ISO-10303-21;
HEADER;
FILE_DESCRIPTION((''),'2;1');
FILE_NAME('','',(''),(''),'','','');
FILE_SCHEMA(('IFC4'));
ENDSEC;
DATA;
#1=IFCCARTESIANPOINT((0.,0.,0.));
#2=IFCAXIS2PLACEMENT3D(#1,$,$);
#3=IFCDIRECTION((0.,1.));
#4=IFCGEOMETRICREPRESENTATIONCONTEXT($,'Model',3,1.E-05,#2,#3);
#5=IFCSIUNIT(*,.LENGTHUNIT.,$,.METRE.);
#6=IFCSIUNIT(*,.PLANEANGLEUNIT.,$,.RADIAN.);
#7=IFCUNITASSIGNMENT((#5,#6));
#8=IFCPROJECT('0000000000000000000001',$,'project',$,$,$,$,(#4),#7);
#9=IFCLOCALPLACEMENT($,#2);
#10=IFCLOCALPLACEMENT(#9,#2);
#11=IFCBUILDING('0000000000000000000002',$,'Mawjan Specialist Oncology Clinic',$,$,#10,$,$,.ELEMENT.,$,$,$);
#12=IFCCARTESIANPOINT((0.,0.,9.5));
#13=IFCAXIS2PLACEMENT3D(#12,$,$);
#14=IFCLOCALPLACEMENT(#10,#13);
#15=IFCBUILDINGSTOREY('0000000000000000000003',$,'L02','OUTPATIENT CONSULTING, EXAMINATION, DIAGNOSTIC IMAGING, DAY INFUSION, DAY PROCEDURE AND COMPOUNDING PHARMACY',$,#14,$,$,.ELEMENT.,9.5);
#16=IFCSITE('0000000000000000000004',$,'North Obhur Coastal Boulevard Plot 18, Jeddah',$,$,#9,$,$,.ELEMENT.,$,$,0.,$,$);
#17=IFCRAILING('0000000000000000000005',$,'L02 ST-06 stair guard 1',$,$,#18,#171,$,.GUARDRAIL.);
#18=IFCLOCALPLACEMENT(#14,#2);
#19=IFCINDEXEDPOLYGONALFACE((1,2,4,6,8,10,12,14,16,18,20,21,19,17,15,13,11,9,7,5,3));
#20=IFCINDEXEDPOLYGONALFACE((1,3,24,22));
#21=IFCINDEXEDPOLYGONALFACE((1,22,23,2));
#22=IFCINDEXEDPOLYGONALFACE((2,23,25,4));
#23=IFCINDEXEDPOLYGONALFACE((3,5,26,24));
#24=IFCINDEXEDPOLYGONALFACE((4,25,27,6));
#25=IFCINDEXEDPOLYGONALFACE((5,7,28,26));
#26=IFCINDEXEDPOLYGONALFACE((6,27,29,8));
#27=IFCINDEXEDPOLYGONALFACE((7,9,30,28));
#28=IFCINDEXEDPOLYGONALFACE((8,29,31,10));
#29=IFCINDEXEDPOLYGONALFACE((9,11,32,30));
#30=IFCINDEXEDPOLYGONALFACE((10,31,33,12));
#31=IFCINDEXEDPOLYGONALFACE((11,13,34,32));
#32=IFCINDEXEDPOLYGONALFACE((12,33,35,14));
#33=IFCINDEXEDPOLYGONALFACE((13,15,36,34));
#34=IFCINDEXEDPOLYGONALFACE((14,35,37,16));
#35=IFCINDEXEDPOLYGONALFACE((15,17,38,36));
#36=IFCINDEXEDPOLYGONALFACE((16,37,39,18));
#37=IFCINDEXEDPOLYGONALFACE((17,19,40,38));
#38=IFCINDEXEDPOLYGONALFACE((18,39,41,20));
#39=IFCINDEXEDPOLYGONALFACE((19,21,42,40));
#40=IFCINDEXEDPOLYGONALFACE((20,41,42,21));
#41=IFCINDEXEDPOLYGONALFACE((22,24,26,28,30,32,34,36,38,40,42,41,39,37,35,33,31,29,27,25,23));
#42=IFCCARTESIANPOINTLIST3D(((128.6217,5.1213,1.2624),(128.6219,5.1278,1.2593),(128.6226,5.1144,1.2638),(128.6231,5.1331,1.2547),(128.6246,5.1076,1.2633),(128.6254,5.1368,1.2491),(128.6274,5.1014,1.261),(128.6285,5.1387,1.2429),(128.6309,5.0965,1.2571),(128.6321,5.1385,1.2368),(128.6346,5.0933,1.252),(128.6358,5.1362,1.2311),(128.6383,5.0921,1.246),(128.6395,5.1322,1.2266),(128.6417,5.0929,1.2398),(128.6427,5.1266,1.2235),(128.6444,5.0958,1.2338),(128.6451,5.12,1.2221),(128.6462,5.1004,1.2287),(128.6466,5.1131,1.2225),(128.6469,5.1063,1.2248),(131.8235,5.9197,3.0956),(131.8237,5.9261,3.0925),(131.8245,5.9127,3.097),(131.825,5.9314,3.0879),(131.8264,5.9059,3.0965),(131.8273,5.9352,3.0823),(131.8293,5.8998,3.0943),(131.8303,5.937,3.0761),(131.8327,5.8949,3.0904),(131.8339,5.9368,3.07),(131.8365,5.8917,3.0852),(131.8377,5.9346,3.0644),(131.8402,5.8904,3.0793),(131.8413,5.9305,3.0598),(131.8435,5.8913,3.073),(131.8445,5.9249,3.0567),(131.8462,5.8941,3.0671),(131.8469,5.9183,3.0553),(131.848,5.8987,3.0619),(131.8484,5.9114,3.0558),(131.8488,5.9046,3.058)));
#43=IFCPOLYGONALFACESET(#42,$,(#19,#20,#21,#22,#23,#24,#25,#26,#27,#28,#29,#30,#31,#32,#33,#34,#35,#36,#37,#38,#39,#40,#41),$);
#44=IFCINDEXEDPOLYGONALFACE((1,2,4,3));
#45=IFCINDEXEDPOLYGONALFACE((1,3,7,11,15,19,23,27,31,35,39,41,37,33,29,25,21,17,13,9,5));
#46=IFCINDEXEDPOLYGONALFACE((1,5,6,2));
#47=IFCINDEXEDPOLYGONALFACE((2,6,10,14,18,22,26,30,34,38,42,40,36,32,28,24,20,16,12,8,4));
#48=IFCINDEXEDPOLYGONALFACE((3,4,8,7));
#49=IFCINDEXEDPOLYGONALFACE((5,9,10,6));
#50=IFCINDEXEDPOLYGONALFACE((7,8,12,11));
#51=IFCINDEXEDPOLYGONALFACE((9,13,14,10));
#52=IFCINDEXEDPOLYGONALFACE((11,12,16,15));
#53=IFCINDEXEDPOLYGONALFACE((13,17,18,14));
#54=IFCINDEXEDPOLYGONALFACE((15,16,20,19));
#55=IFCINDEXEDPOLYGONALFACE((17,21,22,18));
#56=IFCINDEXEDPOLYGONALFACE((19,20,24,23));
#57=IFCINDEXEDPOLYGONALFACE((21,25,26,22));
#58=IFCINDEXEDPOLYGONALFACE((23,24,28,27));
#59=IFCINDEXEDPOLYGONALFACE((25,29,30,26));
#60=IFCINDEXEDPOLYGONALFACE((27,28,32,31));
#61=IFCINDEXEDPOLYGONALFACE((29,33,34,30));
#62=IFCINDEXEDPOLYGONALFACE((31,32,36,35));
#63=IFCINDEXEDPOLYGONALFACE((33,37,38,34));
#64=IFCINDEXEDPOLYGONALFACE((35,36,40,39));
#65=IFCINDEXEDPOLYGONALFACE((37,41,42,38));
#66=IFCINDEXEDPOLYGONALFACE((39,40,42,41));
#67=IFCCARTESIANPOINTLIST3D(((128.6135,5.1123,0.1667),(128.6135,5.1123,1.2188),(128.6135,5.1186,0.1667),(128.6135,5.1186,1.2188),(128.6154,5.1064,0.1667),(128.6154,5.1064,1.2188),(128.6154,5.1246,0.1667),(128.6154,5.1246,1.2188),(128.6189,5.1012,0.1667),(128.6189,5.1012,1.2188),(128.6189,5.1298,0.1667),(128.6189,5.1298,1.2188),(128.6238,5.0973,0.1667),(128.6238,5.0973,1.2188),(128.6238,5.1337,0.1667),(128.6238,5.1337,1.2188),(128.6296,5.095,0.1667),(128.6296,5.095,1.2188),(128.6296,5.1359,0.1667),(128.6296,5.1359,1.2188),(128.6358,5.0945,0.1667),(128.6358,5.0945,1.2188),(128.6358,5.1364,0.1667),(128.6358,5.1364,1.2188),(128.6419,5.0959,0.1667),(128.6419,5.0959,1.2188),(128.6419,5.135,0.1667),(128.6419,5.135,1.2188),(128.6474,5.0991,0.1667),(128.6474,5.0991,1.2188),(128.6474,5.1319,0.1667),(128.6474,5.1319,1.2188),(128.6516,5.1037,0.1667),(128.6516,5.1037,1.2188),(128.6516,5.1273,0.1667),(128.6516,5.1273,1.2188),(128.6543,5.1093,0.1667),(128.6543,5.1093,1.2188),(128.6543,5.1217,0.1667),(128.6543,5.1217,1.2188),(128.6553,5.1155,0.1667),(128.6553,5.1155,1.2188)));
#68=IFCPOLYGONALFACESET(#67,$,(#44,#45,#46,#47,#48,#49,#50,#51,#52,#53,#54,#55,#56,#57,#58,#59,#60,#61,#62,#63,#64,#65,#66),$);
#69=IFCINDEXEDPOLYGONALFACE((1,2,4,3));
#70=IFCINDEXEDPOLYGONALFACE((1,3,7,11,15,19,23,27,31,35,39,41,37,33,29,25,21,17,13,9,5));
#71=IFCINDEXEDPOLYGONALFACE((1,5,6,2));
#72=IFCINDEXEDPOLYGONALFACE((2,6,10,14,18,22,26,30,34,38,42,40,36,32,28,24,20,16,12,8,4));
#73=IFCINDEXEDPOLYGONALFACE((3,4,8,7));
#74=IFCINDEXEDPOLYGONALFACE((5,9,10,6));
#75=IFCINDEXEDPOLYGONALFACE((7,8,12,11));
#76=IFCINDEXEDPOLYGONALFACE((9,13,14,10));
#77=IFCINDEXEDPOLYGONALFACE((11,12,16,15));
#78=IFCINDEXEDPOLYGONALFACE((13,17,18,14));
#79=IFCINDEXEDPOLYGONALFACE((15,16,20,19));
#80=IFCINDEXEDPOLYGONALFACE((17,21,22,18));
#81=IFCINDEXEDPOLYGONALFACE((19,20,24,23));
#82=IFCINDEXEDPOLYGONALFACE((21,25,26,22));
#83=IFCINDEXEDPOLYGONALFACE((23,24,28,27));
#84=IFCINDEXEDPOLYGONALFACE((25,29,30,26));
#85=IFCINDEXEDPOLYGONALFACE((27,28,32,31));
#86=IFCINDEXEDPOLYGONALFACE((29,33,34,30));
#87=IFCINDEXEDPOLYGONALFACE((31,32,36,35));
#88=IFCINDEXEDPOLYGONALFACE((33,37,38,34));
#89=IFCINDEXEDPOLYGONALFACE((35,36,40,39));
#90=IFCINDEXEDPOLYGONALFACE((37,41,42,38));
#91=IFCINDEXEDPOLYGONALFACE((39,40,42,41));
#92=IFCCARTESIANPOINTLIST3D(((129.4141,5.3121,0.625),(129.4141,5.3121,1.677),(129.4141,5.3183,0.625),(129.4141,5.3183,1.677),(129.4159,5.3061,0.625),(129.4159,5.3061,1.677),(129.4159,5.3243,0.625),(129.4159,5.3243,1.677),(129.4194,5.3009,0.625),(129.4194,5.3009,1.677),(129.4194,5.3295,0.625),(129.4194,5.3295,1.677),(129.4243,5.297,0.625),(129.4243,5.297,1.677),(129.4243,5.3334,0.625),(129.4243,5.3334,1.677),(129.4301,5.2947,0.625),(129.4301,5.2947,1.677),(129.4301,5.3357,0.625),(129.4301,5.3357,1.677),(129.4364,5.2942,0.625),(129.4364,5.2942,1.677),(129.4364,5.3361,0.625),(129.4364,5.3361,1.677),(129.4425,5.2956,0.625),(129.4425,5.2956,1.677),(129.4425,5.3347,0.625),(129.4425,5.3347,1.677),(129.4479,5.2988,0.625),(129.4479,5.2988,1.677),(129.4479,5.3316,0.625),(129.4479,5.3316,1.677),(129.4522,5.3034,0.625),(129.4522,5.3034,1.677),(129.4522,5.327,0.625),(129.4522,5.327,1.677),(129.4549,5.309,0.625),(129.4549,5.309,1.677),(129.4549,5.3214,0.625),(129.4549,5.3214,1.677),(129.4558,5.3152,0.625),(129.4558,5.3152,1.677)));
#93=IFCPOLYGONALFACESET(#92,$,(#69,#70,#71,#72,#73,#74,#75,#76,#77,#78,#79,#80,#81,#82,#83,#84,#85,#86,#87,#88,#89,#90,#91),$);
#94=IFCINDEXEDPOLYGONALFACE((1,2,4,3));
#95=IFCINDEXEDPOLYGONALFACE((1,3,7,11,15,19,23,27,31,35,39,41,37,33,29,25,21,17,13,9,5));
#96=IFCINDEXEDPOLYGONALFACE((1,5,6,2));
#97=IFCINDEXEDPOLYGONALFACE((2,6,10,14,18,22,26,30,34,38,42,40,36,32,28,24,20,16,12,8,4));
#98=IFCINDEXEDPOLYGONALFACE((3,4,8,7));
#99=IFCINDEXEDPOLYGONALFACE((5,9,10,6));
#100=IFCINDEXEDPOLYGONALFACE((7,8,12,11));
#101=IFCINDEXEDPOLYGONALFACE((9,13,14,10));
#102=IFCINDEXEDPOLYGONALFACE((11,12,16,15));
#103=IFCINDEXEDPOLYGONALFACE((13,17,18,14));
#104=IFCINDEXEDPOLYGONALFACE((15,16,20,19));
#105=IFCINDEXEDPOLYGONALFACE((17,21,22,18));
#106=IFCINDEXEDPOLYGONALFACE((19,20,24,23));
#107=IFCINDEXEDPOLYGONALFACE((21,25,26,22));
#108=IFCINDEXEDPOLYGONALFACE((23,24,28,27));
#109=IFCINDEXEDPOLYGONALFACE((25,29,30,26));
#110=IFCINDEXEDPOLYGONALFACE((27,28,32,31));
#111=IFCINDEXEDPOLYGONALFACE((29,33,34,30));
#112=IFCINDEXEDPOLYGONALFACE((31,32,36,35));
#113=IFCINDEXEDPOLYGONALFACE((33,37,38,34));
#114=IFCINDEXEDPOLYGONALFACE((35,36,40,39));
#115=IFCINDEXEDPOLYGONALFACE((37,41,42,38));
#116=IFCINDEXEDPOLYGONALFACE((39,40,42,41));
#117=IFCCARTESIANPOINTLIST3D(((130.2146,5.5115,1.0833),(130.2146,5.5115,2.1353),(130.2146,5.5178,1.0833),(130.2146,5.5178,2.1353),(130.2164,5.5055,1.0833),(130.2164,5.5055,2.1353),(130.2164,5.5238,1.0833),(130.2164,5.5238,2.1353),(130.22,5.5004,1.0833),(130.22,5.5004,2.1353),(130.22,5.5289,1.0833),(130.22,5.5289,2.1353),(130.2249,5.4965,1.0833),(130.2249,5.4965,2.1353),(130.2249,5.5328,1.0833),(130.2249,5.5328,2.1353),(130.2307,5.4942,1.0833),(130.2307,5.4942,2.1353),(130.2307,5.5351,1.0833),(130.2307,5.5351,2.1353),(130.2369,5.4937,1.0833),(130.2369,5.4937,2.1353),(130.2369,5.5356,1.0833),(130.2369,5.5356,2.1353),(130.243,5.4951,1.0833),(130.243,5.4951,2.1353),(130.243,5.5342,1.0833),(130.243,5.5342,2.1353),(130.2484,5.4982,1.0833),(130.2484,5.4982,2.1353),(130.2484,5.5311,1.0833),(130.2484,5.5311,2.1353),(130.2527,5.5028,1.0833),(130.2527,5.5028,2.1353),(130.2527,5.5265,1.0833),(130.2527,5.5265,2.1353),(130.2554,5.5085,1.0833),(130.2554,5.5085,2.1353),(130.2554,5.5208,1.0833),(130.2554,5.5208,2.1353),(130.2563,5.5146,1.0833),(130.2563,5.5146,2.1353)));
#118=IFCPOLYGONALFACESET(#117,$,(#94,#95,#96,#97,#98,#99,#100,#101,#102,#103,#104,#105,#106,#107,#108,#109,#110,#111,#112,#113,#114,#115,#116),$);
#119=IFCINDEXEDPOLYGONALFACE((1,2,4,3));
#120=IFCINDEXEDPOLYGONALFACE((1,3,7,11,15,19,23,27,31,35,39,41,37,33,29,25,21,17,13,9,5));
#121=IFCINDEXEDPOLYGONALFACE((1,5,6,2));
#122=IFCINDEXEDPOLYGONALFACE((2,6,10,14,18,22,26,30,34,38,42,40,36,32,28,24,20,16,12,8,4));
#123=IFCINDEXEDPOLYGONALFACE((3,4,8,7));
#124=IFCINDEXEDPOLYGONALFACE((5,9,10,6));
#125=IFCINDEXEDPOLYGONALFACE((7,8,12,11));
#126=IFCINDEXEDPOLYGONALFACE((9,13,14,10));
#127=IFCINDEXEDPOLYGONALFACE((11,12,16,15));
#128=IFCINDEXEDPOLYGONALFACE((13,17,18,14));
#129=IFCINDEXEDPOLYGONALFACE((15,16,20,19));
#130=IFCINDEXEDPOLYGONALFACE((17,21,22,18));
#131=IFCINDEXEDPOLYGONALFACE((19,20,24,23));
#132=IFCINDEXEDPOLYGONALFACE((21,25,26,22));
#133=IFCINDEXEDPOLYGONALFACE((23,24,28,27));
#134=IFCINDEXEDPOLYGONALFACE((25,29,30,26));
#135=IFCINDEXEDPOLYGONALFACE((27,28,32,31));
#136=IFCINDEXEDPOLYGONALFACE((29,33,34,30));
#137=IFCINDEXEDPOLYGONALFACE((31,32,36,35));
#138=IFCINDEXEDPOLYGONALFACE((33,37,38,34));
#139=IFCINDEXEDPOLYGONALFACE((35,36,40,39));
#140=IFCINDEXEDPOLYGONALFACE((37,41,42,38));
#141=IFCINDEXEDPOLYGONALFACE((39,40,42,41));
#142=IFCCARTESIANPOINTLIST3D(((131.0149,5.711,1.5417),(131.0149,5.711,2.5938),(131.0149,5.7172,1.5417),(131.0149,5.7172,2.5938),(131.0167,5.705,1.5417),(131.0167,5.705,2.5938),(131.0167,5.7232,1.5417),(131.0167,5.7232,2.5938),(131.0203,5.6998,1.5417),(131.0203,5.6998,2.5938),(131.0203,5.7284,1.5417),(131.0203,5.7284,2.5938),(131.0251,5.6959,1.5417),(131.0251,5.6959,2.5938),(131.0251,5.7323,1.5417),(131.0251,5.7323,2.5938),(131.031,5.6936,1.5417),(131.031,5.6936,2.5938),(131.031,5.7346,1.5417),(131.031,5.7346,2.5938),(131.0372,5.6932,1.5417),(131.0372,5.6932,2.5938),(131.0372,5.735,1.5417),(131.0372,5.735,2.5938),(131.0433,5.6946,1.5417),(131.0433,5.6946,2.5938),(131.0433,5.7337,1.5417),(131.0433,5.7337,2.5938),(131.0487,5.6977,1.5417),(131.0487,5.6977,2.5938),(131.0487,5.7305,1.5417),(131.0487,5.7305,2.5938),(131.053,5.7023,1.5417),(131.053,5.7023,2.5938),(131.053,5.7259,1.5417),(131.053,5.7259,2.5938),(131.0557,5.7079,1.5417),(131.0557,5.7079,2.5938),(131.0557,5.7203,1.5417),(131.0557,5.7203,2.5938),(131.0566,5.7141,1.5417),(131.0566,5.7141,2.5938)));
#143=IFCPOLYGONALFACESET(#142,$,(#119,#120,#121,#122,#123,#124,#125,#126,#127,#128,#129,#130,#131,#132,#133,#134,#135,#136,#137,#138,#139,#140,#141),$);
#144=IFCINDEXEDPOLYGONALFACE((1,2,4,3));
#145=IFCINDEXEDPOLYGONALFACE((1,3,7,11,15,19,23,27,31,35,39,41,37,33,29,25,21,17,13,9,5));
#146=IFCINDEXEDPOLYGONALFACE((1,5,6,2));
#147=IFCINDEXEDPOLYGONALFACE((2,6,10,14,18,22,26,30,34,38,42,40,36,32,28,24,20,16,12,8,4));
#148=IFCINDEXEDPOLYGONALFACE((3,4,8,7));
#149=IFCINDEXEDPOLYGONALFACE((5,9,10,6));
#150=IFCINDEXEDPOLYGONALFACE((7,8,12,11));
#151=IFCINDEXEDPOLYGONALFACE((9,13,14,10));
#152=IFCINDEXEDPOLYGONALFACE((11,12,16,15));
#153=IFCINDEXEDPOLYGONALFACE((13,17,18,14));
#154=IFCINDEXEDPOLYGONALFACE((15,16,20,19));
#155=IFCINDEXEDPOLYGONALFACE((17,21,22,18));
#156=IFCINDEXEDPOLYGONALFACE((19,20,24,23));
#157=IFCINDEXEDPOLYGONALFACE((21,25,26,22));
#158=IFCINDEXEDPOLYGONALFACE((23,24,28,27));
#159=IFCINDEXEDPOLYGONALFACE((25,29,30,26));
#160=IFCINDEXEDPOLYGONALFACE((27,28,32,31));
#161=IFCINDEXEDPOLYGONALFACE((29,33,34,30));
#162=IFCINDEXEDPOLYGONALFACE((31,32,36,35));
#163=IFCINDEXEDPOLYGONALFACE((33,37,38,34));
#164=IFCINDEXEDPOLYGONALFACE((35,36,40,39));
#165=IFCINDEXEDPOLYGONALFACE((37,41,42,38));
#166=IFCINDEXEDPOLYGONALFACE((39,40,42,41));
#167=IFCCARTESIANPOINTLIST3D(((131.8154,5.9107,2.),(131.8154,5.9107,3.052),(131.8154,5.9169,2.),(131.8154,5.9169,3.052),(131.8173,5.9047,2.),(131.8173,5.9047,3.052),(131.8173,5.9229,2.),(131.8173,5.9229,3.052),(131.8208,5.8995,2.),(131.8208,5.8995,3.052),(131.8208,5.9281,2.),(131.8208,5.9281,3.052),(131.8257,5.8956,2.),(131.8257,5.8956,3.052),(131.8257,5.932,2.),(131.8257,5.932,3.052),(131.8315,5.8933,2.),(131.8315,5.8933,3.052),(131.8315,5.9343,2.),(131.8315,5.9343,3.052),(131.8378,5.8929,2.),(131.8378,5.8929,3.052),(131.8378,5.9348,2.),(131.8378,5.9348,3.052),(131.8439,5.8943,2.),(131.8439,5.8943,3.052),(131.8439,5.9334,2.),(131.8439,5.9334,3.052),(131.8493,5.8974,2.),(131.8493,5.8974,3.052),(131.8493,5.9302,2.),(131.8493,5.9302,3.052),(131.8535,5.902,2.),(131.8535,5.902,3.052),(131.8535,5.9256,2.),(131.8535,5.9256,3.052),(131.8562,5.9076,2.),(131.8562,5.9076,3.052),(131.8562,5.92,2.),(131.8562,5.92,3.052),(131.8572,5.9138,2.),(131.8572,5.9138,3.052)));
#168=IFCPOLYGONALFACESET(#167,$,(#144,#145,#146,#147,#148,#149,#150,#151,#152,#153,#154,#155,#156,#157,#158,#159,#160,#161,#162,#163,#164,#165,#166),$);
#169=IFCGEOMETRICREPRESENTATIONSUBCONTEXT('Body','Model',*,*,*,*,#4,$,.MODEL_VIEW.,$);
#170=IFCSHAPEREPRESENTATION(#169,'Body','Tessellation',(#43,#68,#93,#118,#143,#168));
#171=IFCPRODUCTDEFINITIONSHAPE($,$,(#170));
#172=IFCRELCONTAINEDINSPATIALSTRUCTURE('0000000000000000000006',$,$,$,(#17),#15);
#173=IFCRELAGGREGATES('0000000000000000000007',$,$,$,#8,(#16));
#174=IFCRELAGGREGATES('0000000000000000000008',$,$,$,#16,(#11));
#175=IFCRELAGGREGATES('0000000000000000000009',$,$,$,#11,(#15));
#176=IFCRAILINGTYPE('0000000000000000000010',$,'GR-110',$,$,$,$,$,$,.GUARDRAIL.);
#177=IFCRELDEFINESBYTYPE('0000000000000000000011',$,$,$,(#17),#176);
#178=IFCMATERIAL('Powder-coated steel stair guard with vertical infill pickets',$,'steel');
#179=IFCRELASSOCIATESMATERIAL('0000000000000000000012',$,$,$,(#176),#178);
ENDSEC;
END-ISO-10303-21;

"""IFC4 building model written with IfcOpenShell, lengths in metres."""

from ifc_helpers import new_model, si_unit, direction, frame, origin, origin_2d, place, context, subcontext, project, spatial, circle, extrude, material, type_object, element, save


model = new_model("IFC4")

# Units and contexts
model_context = context("Model", 3, precision=1e-05, world=origin(), true_north=direction((0.0, 1.0)))
body_context = subcontext(model_context, "Body", "Model", "MODEL_VIEW")
ifc_project = project(units=[si_unit("LENGTHUNIT", "METRE"), si_unit("PLANEANGLEUNIT", "RADIAN")], contexts=[model_context])

# Site, building, storey
site_placement = place(None, origin())
site = spatial("IfcSite", under=ifc_project, at=site_placement, Name="North Obhur Coastal Boulevard Plot 18, Jeddah", CompositionType="ELEMENT", RefElevation=0.0)
building_placement = place(site_placement, origin())
building = spatial("IfcBuilding", under=site, at=building_placement, Name="Mawjan Specialist Oncology Clinic", CompositionType="ELEMENT")
storey_placement = place(building_placement, frame((0.0, 0.0, 9.5)))
storey = spatial("IfcBuildingStorey", under=building, at=storey_placement, Name="L02", Description="OUTPATIENT CONSULTING, EXAMINATION, DIAGNOSTIC IMAGING, DAY INFUSION, DAY PROCEDURE AND COMPOUNDING PHARMACY", CompositionType="ELEMENT", Elevation=9.5)

# Railing
ifc_material_1 = material(Name="Powder-coated steel stair guard with vertical infill pickets", Category="steel")
railing_type_1 = type_object("IfcRailingType", Name="GR-110", PredefinedType="GUARDRAIL", material=ifc_material_1)
railing_1_placement = place(storey_placement, frame((128.6343, 5.1155, 0.1667)))
element("IfcRailing", 1, at=railing_1_placement, inside=storey, type_object=railing_type_1, Name="L02 ST-06 stair guard 1", PredefinedType="GUARDRAIL", context=body_context, shape_type="SweptSolid", body=[
    extrude(circle(Radius=0.0239, at=origin_2d()), frame((0.0, 0.0, 1.0762), z_axis=(0.848195, 0.211483, 0.485634), x_axis=(-0.241926, 0.970295, 0.0)), (0.0, 0.0, 1.0), 3.7749),
    extrude(circle(Radius=0.021, at=origin_2d()), origin(), (0.0, 0.0, 1.0), 1.052),
    extrude(circle(Radius=0.021, at=origin_2d()), frame((0.8005, 0.1997, 0.4583)), (0.0, 0.0, 1.0), 1.052),
    extrude(circle(Radius=0.021, at=origin_2d()), frame((1.6011, 0.3992, 0.9165)), (0.0, 0.0, 1.0), 1.052),
    extrude(circle(Radius=0.021, at=origin_2d()), frame((2.4014, 0.5986, 1.375)), (0.0, 0.0, 1.0), 1.052),
    extrude(circle(Radius=0.021, at=origin_2d()), frame((3.2019, 0.7983, 1.8333)), (0.0, 0.0, 1.0), 1.052),
])

save(model, "model.ifc")
